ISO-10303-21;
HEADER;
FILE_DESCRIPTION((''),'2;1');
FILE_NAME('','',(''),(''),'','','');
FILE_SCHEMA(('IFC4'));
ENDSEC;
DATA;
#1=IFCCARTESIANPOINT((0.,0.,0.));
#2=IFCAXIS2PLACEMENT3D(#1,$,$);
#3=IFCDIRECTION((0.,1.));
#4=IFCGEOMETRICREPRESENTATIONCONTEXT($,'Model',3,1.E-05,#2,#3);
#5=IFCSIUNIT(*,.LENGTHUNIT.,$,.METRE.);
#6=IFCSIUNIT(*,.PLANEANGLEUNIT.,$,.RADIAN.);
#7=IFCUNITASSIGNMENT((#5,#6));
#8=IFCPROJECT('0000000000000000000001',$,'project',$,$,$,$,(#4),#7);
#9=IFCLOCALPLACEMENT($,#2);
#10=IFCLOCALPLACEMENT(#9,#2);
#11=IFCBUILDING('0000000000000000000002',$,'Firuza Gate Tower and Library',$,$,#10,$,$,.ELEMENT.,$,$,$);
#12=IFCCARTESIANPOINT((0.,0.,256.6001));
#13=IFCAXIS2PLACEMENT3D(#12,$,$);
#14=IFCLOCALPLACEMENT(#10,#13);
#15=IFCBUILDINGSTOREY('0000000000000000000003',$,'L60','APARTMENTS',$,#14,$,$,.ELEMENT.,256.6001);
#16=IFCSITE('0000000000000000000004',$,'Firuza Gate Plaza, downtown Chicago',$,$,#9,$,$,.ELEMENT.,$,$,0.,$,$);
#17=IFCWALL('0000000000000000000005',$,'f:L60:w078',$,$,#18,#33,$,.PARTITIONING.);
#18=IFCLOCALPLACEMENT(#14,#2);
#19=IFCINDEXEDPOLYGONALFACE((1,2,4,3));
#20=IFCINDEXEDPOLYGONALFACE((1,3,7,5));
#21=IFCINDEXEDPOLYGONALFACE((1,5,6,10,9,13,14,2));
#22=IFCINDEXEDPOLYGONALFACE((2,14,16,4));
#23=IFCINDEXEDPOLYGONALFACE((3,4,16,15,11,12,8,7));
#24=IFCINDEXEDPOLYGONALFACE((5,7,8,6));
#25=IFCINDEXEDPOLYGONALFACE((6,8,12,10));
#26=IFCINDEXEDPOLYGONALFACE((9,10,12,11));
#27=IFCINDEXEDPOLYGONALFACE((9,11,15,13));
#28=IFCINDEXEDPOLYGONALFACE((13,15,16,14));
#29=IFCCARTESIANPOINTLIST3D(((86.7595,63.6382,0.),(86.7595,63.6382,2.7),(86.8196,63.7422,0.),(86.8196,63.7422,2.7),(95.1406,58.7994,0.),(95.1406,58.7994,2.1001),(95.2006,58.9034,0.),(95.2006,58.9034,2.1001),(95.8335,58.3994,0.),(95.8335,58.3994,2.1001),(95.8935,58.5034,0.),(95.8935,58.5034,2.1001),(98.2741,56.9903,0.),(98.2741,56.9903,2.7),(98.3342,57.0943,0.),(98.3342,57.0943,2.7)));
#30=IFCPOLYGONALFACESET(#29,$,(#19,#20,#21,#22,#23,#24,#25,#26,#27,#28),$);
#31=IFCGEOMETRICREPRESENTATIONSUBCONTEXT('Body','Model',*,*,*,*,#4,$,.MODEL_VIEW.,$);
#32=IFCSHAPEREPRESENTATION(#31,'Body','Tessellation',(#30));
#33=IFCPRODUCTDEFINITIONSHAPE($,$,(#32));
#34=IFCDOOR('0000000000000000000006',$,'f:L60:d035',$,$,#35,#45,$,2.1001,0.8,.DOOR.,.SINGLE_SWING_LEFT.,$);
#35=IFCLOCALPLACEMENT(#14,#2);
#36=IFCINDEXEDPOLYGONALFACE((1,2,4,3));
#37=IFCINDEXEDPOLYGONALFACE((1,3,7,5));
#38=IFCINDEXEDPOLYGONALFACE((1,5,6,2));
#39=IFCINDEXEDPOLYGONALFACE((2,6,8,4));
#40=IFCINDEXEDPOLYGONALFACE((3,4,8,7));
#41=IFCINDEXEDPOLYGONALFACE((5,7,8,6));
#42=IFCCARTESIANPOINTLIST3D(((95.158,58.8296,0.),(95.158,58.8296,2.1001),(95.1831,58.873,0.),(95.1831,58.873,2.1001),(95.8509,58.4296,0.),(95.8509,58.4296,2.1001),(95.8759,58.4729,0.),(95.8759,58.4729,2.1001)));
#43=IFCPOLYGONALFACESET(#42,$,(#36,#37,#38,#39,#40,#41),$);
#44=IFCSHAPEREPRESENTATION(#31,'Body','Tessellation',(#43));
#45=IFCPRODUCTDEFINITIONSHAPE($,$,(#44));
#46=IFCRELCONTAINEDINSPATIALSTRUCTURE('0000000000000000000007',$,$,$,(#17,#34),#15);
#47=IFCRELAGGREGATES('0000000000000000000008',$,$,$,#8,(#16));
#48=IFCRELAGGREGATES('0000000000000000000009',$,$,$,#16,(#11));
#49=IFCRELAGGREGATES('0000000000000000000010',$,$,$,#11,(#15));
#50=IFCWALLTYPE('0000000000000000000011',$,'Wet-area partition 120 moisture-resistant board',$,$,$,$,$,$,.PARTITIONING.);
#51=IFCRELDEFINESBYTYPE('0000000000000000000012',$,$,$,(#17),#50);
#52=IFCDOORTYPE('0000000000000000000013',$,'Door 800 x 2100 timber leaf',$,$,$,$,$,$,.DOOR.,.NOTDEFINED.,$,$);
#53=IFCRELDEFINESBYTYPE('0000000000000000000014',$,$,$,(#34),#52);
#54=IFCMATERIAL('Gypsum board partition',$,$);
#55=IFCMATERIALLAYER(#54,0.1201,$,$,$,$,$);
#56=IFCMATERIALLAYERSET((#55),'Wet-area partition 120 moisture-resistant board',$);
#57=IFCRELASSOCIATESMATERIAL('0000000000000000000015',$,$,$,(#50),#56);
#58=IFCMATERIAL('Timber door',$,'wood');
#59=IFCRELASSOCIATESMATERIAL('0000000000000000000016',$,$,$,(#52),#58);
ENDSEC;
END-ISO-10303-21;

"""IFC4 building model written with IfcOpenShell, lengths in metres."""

from ifc_helpers import new_model, si_unit, direction, frame, frame_2d, origin, place, context, subcontext, project, spatial, rectangle, extrude, material, layer, layer_set, type_object, element, fill, save


model = new_model("IFC4")

# Units and contexts
model_context = context("Model", 3, precision=1e-05, world=origin(), true_north=direction((0.0, 1.0)))
body_context = subcontext(model_context, "Body", "Model", "MODEL_VIEW")
ifc_project = project(units=[si_unit("LENGTHUNIT", "METRE"), si_unit("PLANEANGLEUNIT", "RADIAN")], contexts=[model_context])

# Site, building, storey
site_placement = place(None, origin())
site = spatial("IfcSite", under=ifc_project, at=site_placement, Name="Firuza Gate Plaza, downtown Chicago", CompositionType="ELEMENT", RefElevation=0.0)
building_placement = place(site_placement, origin())
building = spatial("IfcBuilding", under=site, at=building_placement, Name="Firuza Gate Tower and Library", CompositionType="ELEMENT")
storey_placement = place(building_placement, frame((0.0, 0.0, 256.6001)))
storey = spatial("IfcBuildingStorey", under=building, at=storey_placement, Name="L60", Description="APARTMENTS", CompositionType="ELEMENT", Elevation=256.6001)

# Shared definitions
ifc_material_1 = material(Name="Gypsum board partition")
ifc_layer_1 = layer(ifc_material_1, 0.1201)
ifc_layer_set_1 = layer_set([ifc_layer_1], Name="Wet-area partition 120 moisture-resistant board")
wall_type_1 = type_object("IfcWallType", Name="Wet-area partition 120 moisture-resistant board", PredefinedType="PARTITIONING", material=ifc_layer_set_1)
ifc_material_2 = material(Name="Timber door", Category="wood")
door_type_1 = type_object("IfcDoorType", Name="Door 800 x 2100 timber leaf", OperationType="NOTDEFINED", PredefinedType="DOOR", material=ifc_material_2)

# Wall, opening, door
wall_1_placement = place(storey_placement, frame((86.7896, 63.6902, 0.0), z_axis=(0.0, 0.0, 1.0), x_axis=(0.866027, -0.499998, 0.0)))
wall_1 = element("IfcWall", 1, at=wall_1_placement, inside=storey, type_object=wall_type_1, Name="f:L60:w078", PredefinedType="PARTITIONING", context=body_context, shape_type="SweptSolid", body=[
    extrude(rectangle(XDim=13.2959, YDim=0.1201, at=frame_2d((6.6479, 0.0))), origin(), (0.0, 0.0, 1.0), 2.7),
])
opening_1_placement = place(wall_1_placement, frame((9.6777, 0.0, 0.0)))
opening_1 = element("IfcOpeningElement", 2, at=opening_1_placement, cuts=wall_1, PredefinedType="OPENING", context=body_context, shape_type="SweptSolid", body=[
    extrude(rectangle(XDim=0.8, YDim=2.1001, at=frame_2d((0.3999, 1.05))), frame((0.0, 0.0701, 0.0), z_axis=(0.0, -1.0, 0.0), x_axis=(1.0, 0.0, 0.0)), (0.0, 0.0, 1.0), 0.1401),
])
door_1_placement = place(opening_1_placement, origin())
door_1 = element("IfcDoor", 3, at=door_1_placement, inside=storey, type_object=door_type_1, Name="f:L60:d035", OperationType="SINGLE_SWING_LEFT", OverallHeight=2.1001, OverallWidth=0.8, PredefinedType="DOOR", context=body_context, shape_type="SweptSolid", body=[
    extrude(rectangle(XDim=0.8, YDim=2.1001, at=frame_2d((0.3999, 1.05))), frame((0.0, 0.0249, 0.0), z_axis=(0.0, -1.0, 0.0), x_axis=(1.0, 0.0, 0.0)), (0.0, 0.0, 1.0), 0.05),
])
fill(opening_1, door_1)

save(model, "model.ifc")
